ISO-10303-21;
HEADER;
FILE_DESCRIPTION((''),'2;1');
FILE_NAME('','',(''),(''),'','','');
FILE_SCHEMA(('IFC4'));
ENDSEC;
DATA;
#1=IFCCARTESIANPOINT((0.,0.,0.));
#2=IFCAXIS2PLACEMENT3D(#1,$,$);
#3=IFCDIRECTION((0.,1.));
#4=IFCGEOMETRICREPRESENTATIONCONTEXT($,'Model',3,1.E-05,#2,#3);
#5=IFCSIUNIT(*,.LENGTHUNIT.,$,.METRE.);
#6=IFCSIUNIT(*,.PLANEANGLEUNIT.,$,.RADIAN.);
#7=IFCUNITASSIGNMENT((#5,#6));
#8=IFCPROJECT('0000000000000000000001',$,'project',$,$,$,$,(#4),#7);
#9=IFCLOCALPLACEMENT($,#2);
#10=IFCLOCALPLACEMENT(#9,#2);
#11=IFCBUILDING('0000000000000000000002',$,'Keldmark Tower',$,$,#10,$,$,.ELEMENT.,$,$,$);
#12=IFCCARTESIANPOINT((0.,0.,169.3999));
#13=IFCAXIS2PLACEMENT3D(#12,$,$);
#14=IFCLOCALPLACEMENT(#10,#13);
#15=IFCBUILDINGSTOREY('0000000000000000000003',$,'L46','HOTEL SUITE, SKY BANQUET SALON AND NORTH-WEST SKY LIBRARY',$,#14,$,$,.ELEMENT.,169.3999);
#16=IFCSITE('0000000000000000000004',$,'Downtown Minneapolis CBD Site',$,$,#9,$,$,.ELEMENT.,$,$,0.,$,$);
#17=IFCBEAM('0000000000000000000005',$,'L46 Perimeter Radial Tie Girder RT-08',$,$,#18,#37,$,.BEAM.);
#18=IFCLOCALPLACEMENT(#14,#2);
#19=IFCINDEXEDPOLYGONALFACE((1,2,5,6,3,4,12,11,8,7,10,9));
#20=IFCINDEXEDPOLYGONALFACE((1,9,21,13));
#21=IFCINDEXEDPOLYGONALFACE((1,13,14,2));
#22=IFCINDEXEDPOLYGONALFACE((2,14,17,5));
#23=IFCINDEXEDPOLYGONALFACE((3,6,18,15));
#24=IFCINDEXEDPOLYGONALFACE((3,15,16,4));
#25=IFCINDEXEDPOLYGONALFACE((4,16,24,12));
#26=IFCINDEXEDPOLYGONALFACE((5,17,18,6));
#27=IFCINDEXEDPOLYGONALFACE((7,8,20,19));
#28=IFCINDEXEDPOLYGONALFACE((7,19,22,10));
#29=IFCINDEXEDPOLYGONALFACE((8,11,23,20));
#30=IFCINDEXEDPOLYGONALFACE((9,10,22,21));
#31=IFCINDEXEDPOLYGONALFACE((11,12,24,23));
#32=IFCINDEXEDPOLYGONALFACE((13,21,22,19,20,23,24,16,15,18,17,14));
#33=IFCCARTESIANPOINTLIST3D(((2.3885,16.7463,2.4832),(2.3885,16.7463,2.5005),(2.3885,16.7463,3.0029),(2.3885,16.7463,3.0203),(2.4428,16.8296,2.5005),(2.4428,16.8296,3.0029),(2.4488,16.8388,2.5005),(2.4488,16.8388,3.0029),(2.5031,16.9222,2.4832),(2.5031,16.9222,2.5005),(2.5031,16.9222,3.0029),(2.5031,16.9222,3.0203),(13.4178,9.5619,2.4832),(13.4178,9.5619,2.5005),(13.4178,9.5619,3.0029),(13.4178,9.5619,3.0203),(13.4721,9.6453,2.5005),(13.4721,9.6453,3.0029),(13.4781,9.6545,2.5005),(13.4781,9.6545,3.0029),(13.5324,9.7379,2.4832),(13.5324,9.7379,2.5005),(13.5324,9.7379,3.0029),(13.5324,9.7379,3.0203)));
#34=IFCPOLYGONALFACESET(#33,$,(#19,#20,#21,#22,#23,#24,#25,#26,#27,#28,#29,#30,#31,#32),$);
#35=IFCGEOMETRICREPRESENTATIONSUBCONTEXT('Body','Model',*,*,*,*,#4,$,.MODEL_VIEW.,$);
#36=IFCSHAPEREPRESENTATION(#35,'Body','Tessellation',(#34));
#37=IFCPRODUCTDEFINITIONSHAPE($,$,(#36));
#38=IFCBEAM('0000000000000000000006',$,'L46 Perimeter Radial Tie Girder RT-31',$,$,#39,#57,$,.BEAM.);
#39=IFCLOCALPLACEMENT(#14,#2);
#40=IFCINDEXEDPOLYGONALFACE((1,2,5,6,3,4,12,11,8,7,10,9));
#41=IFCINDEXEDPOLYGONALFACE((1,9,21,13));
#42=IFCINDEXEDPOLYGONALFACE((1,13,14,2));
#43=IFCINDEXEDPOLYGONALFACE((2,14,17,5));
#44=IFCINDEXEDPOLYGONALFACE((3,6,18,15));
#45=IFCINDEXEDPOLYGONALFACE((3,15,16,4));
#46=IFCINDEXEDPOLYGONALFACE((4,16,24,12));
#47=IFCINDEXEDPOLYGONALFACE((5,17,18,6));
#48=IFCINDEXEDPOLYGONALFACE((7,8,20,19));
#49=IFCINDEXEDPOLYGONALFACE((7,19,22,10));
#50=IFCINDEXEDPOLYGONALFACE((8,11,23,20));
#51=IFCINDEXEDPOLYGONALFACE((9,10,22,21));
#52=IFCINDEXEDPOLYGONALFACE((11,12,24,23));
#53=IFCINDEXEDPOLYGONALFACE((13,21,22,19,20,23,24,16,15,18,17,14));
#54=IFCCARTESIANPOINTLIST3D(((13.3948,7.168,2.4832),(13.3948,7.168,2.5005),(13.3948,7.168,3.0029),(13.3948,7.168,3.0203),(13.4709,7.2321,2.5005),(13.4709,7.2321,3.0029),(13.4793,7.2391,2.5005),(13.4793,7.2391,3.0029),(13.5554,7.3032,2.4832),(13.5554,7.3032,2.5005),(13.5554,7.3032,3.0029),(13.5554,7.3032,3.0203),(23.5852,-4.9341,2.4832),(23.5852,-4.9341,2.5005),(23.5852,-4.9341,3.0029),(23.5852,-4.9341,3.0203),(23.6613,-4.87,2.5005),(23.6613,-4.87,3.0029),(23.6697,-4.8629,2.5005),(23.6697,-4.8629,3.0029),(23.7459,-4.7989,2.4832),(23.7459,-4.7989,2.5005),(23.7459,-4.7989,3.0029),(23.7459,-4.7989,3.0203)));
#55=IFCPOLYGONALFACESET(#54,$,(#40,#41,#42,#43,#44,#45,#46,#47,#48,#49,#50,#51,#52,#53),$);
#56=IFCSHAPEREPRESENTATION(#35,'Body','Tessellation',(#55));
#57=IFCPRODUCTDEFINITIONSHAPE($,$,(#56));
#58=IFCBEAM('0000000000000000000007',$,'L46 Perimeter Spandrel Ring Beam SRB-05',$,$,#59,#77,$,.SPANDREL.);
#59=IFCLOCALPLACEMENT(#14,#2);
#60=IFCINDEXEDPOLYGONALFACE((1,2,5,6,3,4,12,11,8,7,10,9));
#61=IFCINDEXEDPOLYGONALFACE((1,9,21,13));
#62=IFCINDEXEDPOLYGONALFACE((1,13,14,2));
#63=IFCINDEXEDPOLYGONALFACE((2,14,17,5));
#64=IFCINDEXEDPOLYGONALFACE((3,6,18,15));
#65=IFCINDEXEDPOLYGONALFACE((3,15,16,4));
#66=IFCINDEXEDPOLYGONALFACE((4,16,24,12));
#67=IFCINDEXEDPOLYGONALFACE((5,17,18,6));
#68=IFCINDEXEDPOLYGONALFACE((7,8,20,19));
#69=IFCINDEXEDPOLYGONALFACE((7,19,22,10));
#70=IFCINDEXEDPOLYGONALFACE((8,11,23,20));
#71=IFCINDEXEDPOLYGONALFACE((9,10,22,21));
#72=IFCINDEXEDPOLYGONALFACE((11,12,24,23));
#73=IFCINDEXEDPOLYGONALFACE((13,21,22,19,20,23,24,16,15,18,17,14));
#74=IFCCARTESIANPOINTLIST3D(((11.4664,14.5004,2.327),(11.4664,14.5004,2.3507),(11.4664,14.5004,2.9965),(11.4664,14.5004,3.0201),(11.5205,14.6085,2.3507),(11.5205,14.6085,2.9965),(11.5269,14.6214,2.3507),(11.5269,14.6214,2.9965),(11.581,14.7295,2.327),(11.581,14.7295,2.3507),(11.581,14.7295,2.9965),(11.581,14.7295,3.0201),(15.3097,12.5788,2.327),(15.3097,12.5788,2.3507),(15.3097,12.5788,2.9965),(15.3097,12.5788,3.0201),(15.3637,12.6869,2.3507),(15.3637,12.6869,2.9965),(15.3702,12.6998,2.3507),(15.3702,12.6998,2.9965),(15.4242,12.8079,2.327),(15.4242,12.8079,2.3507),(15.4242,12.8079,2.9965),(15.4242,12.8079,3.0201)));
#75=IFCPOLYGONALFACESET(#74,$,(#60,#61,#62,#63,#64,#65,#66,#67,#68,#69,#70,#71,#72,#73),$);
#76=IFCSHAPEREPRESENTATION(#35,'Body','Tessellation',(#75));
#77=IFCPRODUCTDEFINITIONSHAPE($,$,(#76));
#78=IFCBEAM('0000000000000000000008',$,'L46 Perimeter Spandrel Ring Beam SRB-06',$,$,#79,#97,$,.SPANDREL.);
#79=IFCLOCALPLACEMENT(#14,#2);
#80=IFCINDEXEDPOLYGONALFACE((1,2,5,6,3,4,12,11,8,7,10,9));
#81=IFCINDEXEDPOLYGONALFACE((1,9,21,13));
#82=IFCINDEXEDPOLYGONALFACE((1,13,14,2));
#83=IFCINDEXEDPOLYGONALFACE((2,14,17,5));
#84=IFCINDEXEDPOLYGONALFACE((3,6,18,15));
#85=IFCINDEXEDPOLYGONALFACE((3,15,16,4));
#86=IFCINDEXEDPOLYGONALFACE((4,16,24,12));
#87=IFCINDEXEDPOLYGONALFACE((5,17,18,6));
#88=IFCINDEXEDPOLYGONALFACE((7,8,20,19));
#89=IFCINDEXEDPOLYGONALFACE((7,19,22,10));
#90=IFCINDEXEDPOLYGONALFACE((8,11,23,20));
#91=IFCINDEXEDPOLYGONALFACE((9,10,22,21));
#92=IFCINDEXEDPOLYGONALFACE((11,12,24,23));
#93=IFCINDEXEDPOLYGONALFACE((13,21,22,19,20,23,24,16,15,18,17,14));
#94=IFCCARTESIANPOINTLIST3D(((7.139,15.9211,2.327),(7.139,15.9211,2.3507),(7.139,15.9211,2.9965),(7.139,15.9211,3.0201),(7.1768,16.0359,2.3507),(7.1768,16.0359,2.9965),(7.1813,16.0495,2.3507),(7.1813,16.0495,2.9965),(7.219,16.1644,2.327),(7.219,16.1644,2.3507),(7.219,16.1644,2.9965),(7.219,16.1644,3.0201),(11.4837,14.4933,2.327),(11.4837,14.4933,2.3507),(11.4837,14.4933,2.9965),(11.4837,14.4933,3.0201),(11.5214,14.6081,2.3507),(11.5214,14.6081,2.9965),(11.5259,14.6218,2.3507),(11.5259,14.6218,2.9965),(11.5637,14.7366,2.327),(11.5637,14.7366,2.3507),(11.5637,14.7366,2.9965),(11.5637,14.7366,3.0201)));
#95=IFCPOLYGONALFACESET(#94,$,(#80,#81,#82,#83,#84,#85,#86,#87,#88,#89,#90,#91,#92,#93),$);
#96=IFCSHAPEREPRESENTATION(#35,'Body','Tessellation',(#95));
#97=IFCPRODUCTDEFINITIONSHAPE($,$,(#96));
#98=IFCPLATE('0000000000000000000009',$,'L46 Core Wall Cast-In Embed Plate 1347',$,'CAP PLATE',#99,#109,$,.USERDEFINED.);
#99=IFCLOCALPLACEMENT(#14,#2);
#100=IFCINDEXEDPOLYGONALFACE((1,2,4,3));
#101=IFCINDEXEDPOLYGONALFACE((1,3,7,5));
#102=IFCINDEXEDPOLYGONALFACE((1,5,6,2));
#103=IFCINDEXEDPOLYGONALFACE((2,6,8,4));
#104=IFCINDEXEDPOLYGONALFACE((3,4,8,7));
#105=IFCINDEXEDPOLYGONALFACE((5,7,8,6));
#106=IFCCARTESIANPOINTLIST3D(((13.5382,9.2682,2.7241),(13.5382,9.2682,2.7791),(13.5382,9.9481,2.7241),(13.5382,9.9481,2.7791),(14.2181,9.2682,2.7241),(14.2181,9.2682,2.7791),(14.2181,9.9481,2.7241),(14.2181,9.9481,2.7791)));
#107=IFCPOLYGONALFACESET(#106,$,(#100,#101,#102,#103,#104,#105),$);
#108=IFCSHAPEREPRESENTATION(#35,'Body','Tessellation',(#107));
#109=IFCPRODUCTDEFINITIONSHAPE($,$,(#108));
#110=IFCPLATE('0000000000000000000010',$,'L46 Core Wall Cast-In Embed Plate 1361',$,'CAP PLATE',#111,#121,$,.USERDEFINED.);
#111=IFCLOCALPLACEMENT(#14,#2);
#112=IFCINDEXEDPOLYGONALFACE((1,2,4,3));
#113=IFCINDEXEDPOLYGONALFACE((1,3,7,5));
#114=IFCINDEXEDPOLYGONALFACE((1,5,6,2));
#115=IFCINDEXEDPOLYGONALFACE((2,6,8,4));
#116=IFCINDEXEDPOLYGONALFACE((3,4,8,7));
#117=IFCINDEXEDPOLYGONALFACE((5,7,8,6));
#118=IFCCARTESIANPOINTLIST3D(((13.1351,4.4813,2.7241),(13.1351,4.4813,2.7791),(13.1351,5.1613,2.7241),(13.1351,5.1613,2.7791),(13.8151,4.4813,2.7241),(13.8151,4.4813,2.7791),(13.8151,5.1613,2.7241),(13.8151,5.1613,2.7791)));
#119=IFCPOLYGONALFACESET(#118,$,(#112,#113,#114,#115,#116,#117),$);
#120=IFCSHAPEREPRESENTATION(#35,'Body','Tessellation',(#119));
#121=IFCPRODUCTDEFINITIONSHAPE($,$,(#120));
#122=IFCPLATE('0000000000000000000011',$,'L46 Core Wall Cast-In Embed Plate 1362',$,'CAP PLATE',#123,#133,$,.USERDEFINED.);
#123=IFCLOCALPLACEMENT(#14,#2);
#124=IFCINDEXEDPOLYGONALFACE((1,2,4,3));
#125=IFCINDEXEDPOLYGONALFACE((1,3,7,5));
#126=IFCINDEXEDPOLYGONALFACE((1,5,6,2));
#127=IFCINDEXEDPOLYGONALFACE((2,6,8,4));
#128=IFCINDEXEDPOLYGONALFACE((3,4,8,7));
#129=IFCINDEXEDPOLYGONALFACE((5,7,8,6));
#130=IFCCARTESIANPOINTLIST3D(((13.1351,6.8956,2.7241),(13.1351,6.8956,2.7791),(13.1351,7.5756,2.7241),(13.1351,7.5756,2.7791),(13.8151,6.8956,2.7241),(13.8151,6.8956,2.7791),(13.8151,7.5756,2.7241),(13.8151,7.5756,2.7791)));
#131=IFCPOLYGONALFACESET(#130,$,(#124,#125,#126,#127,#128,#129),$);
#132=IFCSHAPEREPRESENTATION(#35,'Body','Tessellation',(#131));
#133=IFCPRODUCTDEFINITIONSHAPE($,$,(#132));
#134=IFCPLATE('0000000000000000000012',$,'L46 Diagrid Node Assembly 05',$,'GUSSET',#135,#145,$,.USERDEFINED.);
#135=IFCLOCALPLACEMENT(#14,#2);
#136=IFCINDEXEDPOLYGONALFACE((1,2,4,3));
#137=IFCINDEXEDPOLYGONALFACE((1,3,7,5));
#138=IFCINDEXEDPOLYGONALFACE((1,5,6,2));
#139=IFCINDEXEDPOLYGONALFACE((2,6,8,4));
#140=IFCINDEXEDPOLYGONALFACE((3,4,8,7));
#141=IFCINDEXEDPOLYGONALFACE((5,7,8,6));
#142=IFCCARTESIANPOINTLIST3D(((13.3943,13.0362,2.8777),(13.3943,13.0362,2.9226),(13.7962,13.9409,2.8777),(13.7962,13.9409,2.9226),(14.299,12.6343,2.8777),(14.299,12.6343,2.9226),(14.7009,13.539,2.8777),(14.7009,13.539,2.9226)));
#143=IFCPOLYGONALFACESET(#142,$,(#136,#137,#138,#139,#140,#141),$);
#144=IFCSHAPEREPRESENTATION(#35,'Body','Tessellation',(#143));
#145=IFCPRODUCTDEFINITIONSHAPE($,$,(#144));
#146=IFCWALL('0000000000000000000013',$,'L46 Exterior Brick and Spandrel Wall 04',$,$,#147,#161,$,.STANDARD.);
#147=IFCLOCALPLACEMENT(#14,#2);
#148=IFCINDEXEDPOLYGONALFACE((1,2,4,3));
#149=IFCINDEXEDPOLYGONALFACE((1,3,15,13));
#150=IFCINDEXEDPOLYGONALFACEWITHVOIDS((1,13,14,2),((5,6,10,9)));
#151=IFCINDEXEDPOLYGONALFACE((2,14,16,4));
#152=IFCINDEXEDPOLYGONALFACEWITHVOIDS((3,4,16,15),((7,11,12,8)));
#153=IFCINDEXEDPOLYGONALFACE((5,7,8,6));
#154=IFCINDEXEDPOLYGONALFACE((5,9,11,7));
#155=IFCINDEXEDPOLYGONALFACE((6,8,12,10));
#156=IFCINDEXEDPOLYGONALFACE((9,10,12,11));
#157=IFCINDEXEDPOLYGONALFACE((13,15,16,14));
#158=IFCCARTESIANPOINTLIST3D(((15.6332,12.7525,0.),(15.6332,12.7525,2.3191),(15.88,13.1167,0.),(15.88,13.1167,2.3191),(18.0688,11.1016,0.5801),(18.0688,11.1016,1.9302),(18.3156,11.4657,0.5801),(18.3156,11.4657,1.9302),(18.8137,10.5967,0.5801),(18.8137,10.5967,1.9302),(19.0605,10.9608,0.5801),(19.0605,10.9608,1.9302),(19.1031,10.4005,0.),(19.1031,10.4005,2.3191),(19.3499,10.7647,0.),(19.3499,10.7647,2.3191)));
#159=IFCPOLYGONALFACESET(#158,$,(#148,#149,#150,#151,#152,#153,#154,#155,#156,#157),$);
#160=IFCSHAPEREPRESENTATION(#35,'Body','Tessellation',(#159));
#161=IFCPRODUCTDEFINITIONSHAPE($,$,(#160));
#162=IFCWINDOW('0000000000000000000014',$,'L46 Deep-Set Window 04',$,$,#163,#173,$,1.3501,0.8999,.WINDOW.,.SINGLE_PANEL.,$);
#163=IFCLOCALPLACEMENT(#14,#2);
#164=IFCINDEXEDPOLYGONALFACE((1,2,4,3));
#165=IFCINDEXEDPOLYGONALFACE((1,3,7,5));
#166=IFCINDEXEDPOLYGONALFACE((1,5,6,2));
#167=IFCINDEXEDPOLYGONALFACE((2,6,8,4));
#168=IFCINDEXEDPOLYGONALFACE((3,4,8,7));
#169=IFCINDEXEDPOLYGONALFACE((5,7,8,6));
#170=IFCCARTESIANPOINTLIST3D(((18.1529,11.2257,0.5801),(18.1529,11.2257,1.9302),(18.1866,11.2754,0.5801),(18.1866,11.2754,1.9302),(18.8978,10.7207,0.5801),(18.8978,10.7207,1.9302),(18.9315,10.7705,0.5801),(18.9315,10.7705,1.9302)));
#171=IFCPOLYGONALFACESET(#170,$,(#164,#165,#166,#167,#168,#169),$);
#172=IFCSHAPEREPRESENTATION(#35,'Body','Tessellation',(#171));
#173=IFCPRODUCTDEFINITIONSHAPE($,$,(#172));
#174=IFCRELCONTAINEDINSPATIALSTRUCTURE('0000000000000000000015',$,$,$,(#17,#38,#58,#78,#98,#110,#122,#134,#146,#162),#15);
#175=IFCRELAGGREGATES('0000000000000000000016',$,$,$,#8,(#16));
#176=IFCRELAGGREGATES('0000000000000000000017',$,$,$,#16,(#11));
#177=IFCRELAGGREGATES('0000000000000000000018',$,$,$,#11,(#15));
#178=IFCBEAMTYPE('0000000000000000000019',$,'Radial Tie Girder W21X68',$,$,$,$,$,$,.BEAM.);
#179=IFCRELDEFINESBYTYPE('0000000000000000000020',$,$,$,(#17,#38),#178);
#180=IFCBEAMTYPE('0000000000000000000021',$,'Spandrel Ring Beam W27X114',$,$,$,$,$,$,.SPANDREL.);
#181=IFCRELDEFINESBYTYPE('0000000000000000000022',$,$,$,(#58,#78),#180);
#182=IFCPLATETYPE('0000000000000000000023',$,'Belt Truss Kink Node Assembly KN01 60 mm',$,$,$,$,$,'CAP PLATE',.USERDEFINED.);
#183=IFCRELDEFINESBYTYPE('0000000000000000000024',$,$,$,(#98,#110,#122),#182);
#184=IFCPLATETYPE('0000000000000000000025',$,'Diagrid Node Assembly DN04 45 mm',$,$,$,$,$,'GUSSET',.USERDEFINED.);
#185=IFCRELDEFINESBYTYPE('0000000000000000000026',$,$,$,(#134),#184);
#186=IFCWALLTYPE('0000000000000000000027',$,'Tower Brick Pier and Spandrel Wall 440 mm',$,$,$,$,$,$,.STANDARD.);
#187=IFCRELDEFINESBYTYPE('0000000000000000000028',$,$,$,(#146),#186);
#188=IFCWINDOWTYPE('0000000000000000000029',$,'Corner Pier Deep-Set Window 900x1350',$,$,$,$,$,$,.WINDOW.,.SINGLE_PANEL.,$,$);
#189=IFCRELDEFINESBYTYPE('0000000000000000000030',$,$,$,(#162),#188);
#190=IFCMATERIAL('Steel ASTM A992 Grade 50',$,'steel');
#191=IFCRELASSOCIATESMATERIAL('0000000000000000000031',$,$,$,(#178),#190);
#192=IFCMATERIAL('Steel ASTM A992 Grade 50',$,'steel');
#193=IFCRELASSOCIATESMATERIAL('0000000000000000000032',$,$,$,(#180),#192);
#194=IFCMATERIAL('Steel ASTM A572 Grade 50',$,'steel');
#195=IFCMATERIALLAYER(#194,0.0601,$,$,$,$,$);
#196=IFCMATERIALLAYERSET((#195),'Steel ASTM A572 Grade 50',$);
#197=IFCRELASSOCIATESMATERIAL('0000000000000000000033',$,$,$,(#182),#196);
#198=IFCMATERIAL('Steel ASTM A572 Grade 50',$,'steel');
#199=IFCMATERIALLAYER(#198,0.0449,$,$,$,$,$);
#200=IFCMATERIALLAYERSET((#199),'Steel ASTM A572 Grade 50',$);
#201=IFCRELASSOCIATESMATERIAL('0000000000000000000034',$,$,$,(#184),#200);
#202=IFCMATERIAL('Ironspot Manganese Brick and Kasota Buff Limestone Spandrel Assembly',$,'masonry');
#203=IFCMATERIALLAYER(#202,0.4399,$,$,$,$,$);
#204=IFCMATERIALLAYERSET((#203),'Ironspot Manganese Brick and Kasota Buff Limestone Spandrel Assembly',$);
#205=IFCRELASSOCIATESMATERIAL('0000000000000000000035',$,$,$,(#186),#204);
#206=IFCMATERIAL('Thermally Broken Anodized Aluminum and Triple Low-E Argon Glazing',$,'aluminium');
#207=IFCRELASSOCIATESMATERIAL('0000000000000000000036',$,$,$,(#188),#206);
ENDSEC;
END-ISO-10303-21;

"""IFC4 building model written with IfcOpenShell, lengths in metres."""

from ifc_helpers import new_model, si_unit, direction, frame, frame_2d, origin, origin_2d, place, context, subcontext, project, spatial, rectangle, i_section, extrude, material, layer, layer_set, material_profile, profile_set, type_object, element, fill, save


model = new_model("IFC4")

# Units and contexts
model_context = context("Model", 3, precision=1e-05, world=origin(), true_north=direction((0.0, 1.0)))
body_context = subcontext(model_context, "Body", "Model", "MODEL_VIEW")
ifc_project = project(units=[si_unit("LENGTHUNIT", "METRE"), si_unit("PLANEANGLEUNIT", "RADIAN")], contexts=[model_context])

# Site, building, storey
site_placement = place(None, origin())
site = spatial("IfcSite", under=ifc_project, at=site_placement, Name="Downtown Minneapolis CBD Site", CompositionType="ELEMENT", RefElevation=0.0)
building_placement = place(site_placement, origin())
building = spatial("IfcBuilding", under=site, at=building_placement, Name="Keldmark Tower", CompositionType="ELEMENT")
storey_placement = place(building_placement, frame((0.0, 0.0, 169.3999)))
storey = spatial("IfcBuildingStorey", under=building, at=storey_placement, Name="L46", Description="HOTEL SUITE, SKY BANQUET SALON AND NORTH-WEST SKY LIBRARY", CompositionType="ELEMENT", Elevation=169.3999)

# Beams
ifc_material_1 = material(Name="Steel ASTM A992 Grade 50", Category="steel")
ifc_material_profile_1 = material_profile(ifc_material_1, i_section(OverallWidth=0.21, OverallDepth=0.5371, WebThickness=0.011, FlangeThickness=0.0173, at=origin_2d()), Name="W21X68")
ifc_profile_set_1 = profile_set([ifc_material_profile_1], Name="Steel ASTM A992 Grade 50")
beam_type_1 = type_object("IfcBeamType", Name="Radial Tie Girder W21X68", PredefinedType="BEAM", material=ifc_profile_set_1)
beam_1_placement = place(storey_placement, frame((13.4751, 9.6499, 2.7517), z_axis=(-0.837913, 0.545804, 0.0), x_axis=(-0.545804, -0.837913, 0.0)))
element("IfcBeam", 1, at=beam_1_placement, inside=storey, type_object=beam_type_1, Name="L46 Perimeter Radial Tie Girder RT-08", PredefinedType="BEAM", context=body_context, shape_type="SweptSolid", body=[
    extrude(i_section(OverallWidth=0.21, OverallDepth=0.5371, WebThickness=0.011, FlangeThickness=0.0173, at=origin_2d()), origin(), (0.0, 0.0, 1.0), 13.1628),
])
beam_2_placement = place(storey_placement, frame((13.4751, 7.2356, 2.7517), z_axis=(0.644107, -0.764935, 0.0), x_axis=(0.764935, 0.644107, 0.0)))
element("IfcBeam", 2, at=beam_2_placement, inside=storey, type_object=beam_type_1, Name="L46 Perimeter Radial Tie Girder RT-31", PredefinedType="BEAM", context=body_context, shape_type="SweptSolid", body=[
    extrude(i_section(OverallWidth=0.21, OverallDepth=0.5371, WebThickness=0.011, FlangeThickness=0.0173, at=origin_2d()), origin(), (0.0, 0.0, 1.0), 15.821),
])
ifc_material_2 = material(Name="Steel ASTM A992 Grade 50", Category="steel")
ifc_material_profile_2 = material_profile(ifc_material_2, i_section(OverallWidth=0.2561, OverallDepth=0.6931, WebThickness=0.0144, FlangeThickness=0.0237, at=origin_2d()), Name="W27X114")
ifc_profile_set_2 = profile_set([ifc_material_profile_2], Name="Steel ASTM A992 Grade 50")
beam_type_2 = type_object("IfcBeamType", Name="Spandrel Ring Beam W27X114", PredefinedType="SPANDREL", material=ifc_profile_set_2)
beam_3_placement = place(storey_placement, frame((15.3669, 12.6934, 2.6736), z_axis=(-0.894427, 0.447214, 0.0), x_axis=(-0.447214, -0.894427, 0.0)))
element("IfcBeam", 3, at=beam_3_placement, inside=storey, type_object=beam_type_2, Name="L46 Perimeter Spandrel Ring Beam SRB-05", PredefinedType="SPANDREL", context=body_context, shape_type="SweptSolid", body=[
    extrude(i_section(OverallWidth=0.2561, OverallDepth=0.6931, WebThickness=0.0144, FlangeThickness=0.0237, at=origin_2d()), origin(), (0.0, 0.0, 1.0), 4.2969),
])
beam_4_placement = place(storey_placement, frame((11.5237, 14.615, 2.6736), z_axis=(-0.95002, 0.312189, 0.0), x_axis=(-0.312189, -0.95002, 0.0)))
element("IfcBeam", 4, at=beam_4_placement, inside=storey, type_object=beam_type_2, Name="L46 Perimeter Spandrel Ring Beam SRB-06", PredefinedType="SPANDREL", context=body_context, shape_type="SweptSolid", body=[
    extrude(i_section(OverallWidth=0.2561, OverallDepth=0.6931, WebThickness=0.0144, FlangeThickness=0.0237, at=origin_2d()), origin(), (0.0, 0.0, 1.0), 4.5732),
])

# Plates
ifc_material_3 = material(Name="Steel ASTM A572 Grade 50", Category="steel")
ifc_layer_1 = layer(ifc_material_3, 0.0601)
ifc_layer_set_1 = layer_set([ifc_layer_1], Name="Steel ASTM A572 Grade 50")
plate_type_1 = type_object("IfcPlateType", Name="Belt Truss Kink Node Assembly KN01 60 mm", ElementType="CAP PLATE", PredefinedType="USERDEFINED", material=ifc_layer_set_1)
for number, where, z_axis, x_axis, name in (
    (5, (13.8782, 9.6082, 2.7241), (0.0, 0.0, 1.0), (1.0, 0.0, 0.0), "L46 Core Wall Cast-In Embed Plate 1347"),
    (6, (13.4751, 4.8213, 2.7241), (0.0, 0.0, 1.0), (1.0, 0.0, 0.0), "L46 Core Wall Cast-In Embed Plate 1361"),
    (7, (13.4751, 7.2356, 2.7241), (0.0, 0.0, 1.0), (1.0, 0.0, 0.0), "L46 Core Wall Cast-In Embed Plate 1362"),
):
    element("IfcPlate", number, at=place(storey_placement, frame(where, z_axis=z_axis, x_axis=x_axis)), inside=storey, type_object=plate_type_1, Name=name, ObjectType="CAP PLATE", PredefinedType="USERDEFINED", context=body_context, shape_type="SweptSolid", body=[
        extrude(rectangle(XDim=0.6799, YDim=0.6799, at=origin_2d()), origin(), (0.0, 0.0, 1.0), 0.0549),
    ])
ifc_material_4 = material(Name="Steel ASTM A572 Grade 50", Category="steel")
ifc_layer_2 = layer(ifc_material_4, 0.0449)
ifc_layer_set_2 = layer_set([ifc_layer_2], Name="Steel ASTM A572 Grade 50")
plate_type_2 = type_object("IfcPlateType", Name="Diagrid Node Assembly DN04 45 mm", ElementType="GUSSET", PredefinedType="USERDEFINED", material=ifc_layer_set_2)
plate_placement = place(storey_placement, frame((14.0476, 13.2876, 2.8777), z_axis=(0.0, 0.0, 1.0), x_axis=(-0.9139, 0.405939, 0.0)))
element("IfcPlate", 8, at=plate_placement, inside=storey, type_object=plate_type_2, Name="L46 Diagrid Node Assembly 05", ObjectType="GUSSET", PredefinedType="USERDEFINED", context=body_context, shape_type="SweptSolid", body=[
    extrude(rectangle(XDim=0.99, YDim=0.99, at=origin_2d()), origin(), (0.0, 0.0, 1.0), 0.0449),
])

# Wall, opening, window
ifc_material_5 = material(Name="Ironspot Manganese Brick and Kasota Buff Limestone Spandrel Assembly", Category="masonry")
ifc_layer_3 = layer(ifc_material_5, 0.4399)
ifc_layer_set_3 = layer_set([ifc_layer_3], Name="Ironspot Manganese Brick and Kasota Buff Limestone Spandrel Assembly")
wall_type_1 = type_object("IfcWallType", Name="Tower Brick Pier and Spandrel Wall 440 mm", PredefinedType="STANDARD", material=ifc_layer_set_3)
wall_1_placement = place(storey_placement, frame((15.7566, 12.9346, 0.0), z_axis=(0.0, 0.0, 1.0), x_axis=(0.827761, -0.561081, 0.0)))
wall_1 = element("IfcWall", 9, at=wall_1_placement, inside=storey, type_object=wall_type_1, Name="L46 Exterior Brick and Spandrel Wall 04", PredefinedType="STANDARD", context=body_context, shape_type="SweptSolid", body=[
    extrude(rectangle(XDim=4.1919, YDim=0.4399, at=frame_2d((2.0959, 0.0))), origin(), (0.0, 0.0, 1.0), 2.3191),
])
opening_1_placement = place(wall_1_placement, frame((2.9424, 0.0, 0.5801)))
opening_1 = element("IfcOpeningElement", 10, at=opening_1_placement, cuts=wall_1, PredefinedType="OPENING", context=body_context, shape_type="SweptSolid", body=[
    extrude(rectangle(XDim=0.8999, YDim=1.3501, at=frame_2d((0.45, 0.675))), frame((0.0, 0.23, 0.0), z_axis=(0.0, -1.0, 0.0), x_axis=(1.0, 0.0, 0.0)), (0.0, 0.0, 1.0), 0.46),
])
ifc_material_6 = material(Name="Thermally Broken Anodized Aluminum and Triple Low-E Argon Glazing", Category="aluminium")
window_type = type_object("IfcWindowType", Name="Corner Pier Deep-Set Window 900x1350", PartitioningType="SINGLE_PANEL", PredefinedType="WINDOW", material=ifc_material_6)
window_1_placement = place(opening_1_placement, origin())
window_1 = element("IfcWindow", 11, at=window_1_placement, inside=storey, type_object=window_type, Name="L46 Deep-Set Window 04", OverallHeight=1.3501, OverallWidth=0.8999, PartitioningType="SINGLE_PANEL", PredefinedType="WINDOW", context=body_context, shape_type="SweptSolid", body=[
    extrude(rectangle(XDim=0.8999, YDim=1.3501, at=frame_2d((0.45, 0.675))), frame((0.0, -0.01, 0.0), z_axis=(0.0, -1.0, 0.0), x_axis=(1.0, 0.0, 0.0)), (0.0, 0.0, 1.0), 0.0601),
])
fill(opening_1, window_1)

save(model, "model.ifc")
